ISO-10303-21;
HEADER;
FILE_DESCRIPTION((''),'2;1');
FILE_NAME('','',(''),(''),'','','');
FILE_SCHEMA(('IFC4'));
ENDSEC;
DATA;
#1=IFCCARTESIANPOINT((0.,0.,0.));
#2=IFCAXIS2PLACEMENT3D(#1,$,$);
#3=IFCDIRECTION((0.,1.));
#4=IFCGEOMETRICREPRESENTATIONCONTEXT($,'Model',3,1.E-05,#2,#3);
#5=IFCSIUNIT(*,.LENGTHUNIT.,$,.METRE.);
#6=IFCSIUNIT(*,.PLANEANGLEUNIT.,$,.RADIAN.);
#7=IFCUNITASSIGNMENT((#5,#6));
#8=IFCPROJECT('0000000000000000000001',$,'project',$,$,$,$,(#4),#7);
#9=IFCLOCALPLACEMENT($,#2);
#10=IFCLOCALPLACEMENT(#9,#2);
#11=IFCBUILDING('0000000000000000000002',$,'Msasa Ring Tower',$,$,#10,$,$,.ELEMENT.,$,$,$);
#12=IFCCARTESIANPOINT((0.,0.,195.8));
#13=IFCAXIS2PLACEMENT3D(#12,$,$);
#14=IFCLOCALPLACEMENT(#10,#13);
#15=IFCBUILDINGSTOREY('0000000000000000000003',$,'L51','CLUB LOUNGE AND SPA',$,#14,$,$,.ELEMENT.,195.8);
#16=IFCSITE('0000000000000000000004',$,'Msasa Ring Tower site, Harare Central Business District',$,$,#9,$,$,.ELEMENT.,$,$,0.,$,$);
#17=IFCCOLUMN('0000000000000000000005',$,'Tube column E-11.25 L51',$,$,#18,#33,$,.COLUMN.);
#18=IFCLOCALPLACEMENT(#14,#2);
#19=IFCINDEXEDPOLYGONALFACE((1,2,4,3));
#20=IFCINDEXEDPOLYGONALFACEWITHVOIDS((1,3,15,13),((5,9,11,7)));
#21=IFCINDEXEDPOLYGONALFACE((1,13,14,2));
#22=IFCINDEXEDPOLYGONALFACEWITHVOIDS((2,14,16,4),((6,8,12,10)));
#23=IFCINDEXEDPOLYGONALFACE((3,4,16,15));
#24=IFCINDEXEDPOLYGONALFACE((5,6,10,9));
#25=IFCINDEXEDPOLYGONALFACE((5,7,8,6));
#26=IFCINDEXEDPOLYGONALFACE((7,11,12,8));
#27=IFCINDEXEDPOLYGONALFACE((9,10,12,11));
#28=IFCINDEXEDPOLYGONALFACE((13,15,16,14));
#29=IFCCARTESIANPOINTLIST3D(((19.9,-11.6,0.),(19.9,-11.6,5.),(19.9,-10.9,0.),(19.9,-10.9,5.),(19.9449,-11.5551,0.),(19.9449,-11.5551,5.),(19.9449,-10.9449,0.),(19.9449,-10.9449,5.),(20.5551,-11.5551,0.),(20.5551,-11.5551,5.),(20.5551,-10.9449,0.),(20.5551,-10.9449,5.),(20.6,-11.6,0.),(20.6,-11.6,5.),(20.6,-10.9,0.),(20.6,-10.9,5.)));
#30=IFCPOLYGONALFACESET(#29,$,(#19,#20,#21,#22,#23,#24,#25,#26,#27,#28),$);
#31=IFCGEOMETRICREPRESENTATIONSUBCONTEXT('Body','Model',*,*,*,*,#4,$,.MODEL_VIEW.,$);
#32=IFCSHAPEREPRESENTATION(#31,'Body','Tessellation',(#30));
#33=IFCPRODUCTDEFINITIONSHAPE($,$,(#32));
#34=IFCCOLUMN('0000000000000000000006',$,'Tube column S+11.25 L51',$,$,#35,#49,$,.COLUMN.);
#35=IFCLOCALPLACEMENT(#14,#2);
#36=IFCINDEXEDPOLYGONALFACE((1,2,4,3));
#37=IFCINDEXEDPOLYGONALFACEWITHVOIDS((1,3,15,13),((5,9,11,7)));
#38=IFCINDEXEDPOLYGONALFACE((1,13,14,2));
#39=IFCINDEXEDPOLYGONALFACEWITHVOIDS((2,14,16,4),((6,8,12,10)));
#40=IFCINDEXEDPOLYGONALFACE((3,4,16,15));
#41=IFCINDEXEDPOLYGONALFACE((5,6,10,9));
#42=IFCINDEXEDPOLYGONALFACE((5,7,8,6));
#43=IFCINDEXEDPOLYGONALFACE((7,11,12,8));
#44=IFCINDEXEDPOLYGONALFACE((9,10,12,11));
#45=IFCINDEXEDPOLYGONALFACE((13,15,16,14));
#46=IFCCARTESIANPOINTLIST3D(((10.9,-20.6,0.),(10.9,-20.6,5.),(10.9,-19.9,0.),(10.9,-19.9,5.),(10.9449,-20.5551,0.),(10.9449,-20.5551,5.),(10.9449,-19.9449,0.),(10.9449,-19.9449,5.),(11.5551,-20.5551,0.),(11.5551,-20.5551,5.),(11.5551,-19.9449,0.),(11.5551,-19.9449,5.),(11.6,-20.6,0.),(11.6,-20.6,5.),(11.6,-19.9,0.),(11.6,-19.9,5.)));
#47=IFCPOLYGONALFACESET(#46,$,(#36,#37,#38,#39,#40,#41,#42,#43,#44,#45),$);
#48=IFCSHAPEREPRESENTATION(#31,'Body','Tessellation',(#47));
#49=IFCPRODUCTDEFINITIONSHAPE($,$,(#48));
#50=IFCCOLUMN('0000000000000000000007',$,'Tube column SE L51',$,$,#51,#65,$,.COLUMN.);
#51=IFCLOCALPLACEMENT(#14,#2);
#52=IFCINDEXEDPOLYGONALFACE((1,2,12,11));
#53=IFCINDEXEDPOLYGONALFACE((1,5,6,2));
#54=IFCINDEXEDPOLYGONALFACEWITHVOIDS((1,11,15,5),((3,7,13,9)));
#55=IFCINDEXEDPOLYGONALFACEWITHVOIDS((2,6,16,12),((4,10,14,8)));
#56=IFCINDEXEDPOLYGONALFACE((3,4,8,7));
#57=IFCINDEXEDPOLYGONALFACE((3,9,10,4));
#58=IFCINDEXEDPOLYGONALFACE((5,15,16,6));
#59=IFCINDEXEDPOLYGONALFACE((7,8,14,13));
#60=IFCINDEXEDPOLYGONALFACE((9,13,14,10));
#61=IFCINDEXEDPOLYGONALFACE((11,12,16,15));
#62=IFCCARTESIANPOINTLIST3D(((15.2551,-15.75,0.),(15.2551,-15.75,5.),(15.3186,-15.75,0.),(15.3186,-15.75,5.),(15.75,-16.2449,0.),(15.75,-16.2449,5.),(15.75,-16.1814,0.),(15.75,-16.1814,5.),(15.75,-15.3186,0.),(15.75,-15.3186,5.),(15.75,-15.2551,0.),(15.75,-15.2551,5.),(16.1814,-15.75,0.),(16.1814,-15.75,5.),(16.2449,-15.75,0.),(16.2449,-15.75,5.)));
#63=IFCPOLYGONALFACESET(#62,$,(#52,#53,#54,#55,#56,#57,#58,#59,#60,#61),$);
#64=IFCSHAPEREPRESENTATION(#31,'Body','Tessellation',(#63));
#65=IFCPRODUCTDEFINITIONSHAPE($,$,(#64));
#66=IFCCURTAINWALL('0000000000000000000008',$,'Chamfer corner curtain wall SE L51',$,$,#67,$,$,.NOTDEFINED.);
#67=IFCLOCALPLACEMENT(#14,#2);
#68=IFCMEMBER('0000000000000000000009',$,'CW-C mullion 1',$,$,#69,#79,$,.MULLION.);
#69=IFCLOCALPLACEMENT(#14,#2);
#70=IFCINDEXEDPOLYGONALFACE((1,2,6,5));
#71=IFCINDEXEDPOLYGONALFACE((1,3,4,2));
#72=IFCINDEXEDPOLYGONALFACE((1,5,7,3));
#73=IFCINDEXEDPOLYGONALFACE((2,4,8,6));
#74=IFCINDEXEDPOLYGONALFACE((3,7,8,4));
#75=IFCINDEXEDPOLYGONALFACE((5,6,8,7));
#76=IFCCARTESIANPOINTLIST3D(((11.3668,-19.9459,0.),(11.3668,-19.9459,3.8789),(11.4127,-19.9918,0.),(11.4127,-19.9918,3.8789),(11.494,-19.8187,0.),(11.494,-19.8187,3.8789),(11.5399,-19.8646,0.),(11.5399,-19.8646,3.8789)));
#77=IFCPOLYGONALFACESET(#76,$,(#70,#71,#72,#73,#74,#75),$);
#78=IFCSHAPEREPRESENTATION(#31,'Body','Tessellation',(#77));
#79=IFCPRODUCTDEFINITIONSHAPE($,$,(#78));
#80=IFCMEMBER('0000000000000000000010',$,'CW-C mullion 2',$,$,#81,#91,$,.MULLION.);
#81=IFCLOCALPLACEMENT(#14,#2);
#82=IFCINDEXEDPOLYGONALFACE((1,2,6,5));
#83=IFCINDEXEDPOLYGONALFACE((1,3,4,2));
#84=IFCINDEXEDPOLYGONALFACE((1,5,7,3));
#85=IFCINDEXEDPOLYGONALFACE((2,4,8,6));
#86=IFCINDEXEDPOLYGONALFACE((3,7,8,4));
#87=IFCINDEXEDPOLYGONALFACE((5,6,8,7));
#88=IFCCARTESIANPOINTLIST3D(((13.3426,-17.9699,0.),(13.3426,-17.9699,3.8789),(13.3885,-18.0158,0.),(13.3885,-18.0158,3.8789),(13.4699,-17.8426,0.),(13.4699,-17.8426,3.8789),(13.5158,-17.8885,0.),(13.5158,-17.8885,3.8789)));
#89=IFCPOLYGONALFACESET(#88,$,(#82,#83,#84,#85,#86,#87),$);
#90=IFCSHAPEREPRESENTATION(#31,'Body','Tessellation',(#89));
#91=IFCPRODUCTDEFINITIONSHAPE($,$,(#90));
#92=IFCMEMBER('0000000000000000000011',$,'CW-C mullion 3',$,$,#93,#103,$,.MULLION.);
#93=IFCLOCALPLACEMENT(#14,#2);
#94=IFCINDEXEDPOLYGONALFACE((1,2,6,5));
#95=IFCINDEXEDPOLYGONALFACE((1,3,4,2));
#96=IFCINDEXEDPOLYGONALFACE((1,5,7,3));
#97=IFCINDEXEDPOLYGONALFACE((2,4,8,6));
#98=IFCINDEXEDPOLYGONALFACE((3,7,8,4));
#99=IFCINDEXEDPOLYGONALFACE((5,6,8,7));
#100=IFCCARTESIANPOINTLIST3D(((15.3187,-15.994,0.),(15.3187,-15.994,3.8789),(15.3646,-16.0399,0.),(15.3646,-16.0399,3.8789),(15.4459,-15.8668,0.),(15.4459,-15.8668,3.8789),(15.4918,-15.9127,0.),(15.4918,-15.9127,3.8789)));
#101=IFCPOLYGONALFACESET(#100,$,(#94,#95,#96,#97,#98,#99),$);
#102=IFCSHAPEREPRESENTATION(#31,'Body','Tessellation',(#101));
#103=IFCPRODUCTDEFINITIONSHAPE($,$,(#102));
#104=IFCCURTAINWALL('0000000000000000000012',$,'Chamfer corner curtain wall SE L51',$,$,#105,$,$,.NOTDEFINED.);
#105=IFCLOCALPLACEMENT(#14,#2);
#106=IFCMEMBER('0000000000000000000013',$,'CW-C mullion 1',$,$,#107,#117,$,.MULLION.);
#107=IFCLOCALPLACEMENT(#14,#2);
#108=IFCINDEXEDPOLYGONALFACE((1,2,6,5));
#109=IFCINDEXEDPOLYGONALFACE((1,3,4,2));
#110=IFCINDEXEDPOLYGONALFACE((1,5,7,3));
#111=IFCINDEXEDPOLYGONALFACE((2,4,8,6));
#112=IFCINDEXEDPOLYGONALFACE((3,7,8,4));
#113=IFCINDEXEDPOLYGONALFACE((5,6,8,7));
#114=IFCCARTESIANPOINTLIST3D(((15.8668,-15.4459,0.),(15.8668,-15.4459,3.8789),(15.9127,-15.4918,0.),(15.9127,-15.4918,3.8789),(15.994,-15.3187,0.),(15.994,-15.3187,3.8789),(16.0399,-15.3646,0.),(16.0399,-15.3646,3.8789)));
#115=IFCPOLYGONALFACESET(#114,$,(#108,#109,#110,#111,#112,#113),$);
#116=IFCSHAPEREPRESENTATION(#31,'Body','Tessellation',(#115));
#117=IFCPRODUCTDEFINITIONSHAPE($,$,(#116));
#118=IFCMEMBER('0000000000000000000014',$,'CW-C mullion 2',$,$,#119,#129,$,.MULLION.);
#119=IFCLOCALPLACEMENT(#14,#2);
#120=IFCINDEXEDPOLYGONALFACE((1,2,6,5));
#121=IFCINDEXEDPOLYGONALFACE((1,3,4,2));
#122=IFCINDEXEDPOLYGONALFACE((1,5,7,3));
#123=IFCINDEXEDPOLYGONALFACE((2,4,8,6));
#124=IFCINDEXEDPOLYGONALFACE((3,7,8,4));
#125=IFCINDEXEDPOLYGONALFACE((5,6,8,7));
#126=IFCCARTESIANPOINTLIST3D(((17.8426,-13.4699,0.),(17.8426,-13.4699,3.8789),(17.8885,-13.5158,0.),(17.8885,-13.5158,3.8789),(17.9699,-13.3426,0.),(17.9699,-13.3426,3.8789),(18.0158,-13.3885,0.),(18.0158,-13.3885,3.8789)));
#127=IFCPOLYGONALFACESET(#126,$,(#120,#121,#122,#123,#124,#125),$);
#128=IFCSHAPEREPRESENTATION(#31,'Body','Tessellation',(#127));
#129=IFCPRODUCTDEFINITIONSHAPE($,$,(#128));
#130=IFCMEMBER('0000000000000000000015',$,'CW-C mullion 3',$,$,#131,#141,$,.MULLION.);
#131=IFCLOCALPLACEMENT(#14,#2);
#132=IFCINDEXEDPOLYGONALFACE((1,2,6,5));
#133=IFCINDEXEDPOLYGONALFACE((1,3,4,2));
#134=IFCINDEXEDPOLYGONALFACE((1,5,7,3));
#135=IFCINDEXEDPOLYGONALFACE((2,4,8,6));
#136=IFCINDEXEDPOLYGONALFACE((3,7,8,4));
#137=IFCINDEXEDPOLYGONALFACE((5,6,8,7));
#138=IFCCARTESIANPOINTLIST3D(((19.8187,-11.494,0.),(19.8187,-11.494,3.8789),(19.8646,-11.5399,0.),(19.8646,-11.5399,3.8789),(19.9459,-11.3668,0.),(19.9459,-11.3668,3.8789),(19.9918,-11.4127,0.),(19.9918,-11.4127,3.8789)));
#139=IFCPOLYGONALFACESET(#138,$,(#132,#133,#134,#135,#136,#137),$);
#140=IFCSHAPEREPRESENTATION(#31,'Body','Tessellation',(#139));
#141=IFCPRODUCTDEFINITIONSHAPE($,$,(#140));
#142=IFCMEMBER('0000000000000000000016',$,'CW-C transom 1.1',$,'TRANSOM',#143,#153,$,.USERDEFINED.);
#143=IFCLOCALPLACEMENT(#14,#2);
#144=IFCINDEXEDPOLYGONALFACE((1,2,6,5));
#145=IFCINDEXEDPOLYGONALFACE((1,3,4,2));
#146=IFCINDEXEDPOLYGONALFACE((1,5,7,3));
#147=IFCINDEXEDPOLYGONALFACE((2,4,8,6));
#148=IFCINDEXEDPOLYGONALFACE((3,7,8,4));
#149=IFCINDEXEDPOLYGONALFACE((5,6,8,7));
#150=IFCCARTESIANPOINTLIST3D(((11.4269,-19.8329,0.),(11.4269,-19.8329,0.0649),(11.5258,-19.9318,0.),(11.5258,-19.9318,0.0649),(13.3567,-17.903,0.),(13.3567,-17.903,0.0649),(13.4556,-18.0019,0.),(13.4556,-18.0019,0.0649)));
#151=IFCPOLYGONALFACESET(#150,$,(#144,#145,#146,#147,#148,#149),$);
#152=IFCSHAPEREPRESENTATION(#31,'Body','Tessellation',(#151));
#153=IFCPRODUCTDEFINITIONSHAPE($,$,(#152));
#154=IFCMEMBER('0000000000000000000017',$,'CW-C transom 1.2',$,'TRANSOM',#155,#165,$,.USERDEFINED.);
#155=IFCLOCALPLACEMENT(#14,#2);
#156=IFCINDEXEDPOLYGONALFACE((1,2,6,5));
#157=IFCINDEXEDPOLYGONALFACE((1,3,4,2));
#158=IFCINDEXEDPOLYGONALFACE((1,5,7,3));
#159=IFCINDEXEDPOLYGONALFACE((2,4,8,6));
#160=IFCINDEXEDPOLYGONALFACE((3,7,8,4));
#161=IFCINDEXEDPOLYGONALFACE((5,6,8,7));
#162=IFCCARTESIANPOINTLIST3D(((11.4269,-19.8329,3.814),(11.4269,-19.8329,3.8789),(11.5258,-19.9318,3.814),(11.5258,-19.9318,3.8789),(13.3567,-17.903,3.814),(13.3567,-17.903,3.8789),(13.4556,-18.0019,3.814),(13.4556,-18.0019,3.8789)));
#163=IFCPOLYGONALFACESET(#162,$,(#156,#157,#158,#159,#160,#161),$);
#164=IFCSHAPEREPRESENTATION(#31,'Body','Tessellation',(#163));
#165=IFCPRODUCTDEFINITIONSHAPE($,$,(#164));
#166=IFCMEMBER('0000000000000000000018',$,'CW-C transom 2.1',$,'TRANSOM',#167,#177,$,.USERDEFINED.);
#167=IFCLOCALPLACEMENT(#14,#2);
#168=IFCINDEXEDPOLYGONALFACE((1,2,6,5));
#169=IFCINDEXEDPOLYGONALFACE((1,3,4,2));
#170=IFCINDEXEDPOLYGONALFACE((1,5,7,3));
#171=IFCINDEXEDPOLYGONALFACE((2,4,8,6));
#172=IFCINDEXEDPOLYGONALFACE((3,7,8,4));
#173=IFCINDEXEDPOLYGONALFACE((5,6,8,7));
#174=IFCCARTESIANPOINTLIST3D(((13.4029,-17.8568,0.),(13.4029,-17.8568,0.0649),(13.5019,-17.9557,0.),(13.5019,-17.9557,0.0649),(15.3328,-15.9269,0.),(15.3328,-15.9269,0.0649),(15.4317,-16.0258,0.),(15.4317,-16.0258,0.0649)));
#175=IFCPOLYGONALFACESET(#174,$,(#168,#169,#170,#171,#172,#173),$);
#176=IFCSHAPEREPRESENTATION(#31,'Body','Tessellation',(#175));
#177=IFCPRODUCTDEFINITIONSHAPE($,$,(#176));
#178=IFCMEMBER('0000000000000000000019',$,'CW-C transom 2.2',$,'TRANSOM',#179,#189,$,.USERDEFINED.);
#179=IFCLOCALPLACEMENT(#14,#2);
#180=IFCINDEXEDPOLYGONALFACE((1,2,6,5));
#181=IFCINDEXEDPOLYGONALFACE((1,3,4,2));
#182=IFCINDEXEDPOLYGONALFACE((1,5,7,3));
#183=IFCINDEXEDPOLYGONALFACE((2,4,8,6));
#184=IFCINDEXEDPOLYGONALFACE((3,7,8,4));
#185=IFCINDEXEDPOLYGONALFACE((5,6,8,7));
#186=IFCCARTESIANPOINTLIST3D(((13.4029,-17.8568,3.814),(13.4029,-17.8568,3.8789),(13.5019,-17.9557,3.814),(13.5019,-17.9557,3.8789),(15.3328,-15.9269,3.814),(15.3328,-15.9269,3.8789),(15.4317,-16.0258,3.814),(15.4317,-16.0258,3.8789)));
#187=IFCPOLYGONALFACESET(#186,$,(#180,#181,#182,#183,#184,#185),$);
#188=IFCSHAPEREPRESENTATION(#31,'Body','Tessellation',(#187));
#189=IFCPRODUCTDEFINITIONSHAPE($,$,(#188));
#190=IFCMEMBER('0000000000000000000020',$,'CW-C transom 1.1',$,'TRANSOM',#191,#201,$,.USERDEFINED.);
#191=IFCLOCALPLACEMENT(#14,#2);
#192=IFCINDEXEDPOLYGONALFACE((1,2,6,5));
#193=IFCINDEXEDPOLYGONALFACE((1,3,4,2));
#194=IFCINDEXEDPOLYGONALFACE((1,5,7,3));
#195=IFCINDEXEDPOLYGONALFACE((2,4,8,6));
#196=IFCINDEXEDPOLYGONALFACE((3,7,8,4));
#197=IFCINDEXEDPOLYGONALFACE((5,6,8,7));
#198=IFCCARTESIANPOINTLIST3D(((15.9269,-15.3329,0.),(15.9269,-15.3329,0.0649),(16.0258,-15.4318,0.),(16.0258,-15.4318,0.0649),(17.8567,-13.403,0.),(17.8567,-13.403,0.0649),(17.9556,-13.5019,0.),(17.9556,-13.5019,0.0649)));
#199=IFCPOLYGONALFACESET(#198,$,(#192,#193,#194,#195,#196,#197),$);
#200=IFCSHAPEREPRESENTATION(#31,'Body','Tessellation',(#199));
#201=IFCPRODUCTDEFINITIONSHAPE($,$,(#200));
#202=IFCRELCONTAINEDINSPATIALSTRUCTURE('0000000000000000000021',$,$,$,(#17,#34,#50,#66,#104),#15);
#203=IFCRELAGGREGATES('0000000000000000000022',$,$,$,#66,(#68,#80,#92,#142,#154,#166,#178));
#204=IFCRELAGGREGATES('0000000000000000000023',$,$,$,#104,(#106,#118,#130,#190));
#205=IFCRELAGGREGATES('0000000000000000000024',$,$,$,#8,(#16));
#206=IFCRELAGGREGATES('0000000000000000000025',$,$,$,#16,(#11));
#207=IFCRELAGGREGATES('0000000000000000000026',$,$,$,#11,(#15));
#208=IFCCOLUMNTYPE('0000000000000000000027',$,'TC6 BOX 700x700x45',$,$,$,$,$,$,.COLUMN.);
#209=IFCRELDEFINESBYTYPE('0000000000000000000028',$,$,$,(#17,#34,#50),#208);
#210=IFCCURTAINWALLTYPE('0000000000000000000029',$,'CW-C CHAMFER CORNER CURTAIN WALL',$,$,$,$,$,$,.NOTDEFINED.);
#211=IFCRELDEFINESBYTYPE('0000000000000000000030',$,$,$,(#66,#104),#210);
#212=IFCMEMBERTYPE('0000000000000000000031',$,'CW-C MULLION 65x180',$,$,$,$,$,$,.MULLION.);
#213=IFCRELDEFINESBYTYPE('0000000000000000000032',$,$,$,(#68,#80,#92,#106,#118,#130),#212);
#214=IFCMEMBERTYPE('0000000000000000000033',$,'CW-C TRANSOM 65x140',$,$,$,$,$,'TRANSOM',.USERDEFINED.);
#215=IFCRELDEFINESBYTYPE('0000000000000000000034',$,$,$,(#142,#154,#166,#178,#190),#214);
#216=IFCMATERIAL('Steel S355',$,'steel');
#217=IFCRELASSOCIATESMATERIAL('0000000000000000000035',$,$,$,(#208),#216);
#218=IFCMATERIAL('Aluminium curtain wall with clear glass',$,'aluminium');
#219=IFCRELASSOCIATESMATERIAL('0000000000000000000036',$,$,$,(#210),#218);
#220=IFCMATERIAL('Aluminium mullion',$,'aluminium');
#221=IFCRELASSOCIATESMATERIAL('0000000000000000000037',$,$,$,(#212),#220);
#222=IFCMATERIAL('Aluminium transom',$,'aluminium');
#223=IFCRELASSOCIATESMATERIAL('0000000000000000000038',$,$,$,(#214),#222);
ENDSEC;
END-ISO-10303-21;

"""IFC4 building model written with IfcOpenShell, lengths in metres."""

from ifc_helpers import new_model, si_unit, direction, frame, origin, origin_2d, place, context, subcontext, project, spatial, rectangle, hollow_rectangle, extrude, material, material_profile, profile_set, type_object, element, aggregate, save


model = new_model("IFC4")

# Units and contexts
model_context = context("Model", 3, precision=1e-05, world=origin(), true_north=direction((0.0, 1.0)))
body_context = subcontext(model_context, "Body", "Model", "MODEL_VIEW")
ifc_project = project(units=[si_unit("LENGTHUNIT", "METRE"), si_unit("PLANEANGLEUNIT", "RADIAN")], contexts=[model_context])

# Site, building, storey
site_placement = place(None, origin())
site = spatial("IfcSite", under=ifc_project, at=site_placement, Name="Msasa Ring Tower site, Harare Central Business District", CompositionType="ELEMENT", RefElevation=0.0)
building_placement = place(site_placement, origin())
building = spatial("IfcBuilding", under=site, at=building_placement, Name="Msasa Ring Tower", CompositionType="ELEMENT")
storey_placement = place(building_placement, frame((0.0, 0.0, 195.8)))
storey = spatial("IfcBuildingStorey", under=building, at=storey_placement, Name="L51", Description="CLUB LOUNGE AND SPA", CompositionType="ELEMENT", Elevation=195.8)

# Columns
ifc_material_1 = material(Name="Steel S355", Category="steel")
ifc_material_profile_1 = material_profile(ifc_material_1, hollow_rectangle(XDim=0.7, YDim=0.7, WallThickness=0.0449, at=origin_2d()), Name="BOX 700x700x45")
ifc_profile_set_1 = profile_set([ifc_material_profile_1], Name="Steel S355")
column_type = type_object("IfcColumnType", Name="TC6 BOX 700x700x45", PredefinedType="COLUMN", material=ifc_profile_set_1)
for number, where, z_axis, x_axis, name in (
    (1, (20.25, -11.25, 0.0), (0.0, 0.0, 1.0), (1.0, 0.0, 0.0), "Tube column E-11.25 L51"),
    (2, (11.25, -20.25, 0.0), (0.0, 0.0, 1.0), (0.0, 1.0, 0.0), "Tube column S+11.25 L51"),
    (3, (15.75, -15.75, 0.0), (0.0, 0.0, 1.0), (0.707107, -0.707107, 0.0), "Tube column SE L51"),
):
    element("IfcColumn", number, at=place(storey_placement, frame(where, z_axis=z_axis, x_axis=x_axis)), inside=storey, type_object=column_type, Name=name, PredefinedType="COLUMN", context=body_context, shape_type="SweptSolid", body=[
        extrude(hollow_rectangle(XDim=0.7, YDim=0.7, WallThickness=0.0449, at=origin_2d()), origin(), (0.0, 0.0, 1.0), 5.0),
    ])

# Curtain walls, members
ifc_material_2 = material(Name="Aluminium curtain wall with clear glass", Category="aluminium")
curtain_wall_type_1 = type_object("IfcCurtainWallType", Name="CW-C CHAMFER CORNER CURTAIN WALL", PredefinedType="NOTDEFINED", material=ifc_material_2)
curtain_wall_1_placement = place(storey_placement, origin())
curtain_wall_1 = element("IfcCurtainWall", 4, at=curtain_wall_1_placement, inside=storey, type_object=curtain_wall_type_1, Name="Chamfer corner curtain wall SE L51", PredefinedType="NOTDEFINED")
ifc_material_3 = material(Name="Aluminium mullion", Category="aluminium")
ifc_material_profile_2 = material_profile(ifc_material_3, rectangle(XDim=0.0649, YDim=0.1799, at=origin_2d()), Name="AL 65x180")
ifc_profile_set_2 = profile_set([ifc_material_profile_2], Name="Aluminium mullion")
member_type_1 = type_object("IfcMemberType", Name="CW-C MULLION 65x180", PredefinedType="MULLION", material=ifc_profile_set_2)
member_1_placement = place(storey_placement, frame((11.4534, -19.9053, 0.0), z_axis=(0.0, 0.0, 1.0), x_axis=(-0.707107, 0.707107, 0.0)))
member_1 = element("IfcMember", 5, at=member_1_placement, type_object=member_type_1, Name="CW-C mullion 1", PredefinedType="MULLION", context=body_context, shape_type="SweptSolid", body=[
    extrude(rectangle(XDim=0.0649, YDim=0.1799, at=origin_2d()), origin(), (0.0, 0.0, 1.0), 3.8789),
])
member_2_placement = place(storey_placement, frame((13.4292, -17.9292, 0.0), z_axis=(0.0, 0.0, 1.0), x_axis=(-0.707107, 0.707107, 0.0)))
member_2 = element("IfcMember", 6, at=member_2_placement, type_object=member_type_1, Name="CW-C mullion 2", PredefinedType="MULLION", context=body_context, shape_type="SweptSolid", body=[
    extrude(rectangle(XDim=0.0649, YDim=0.1799, at=origin_2d()), origin(), (0.0, 0.0, 1.0), 3.8789),
])
member_3_placement = place(storey_placement, frame((15.4053, -15.9534, 0.0), z_axis=(0.0, 0.0, 1.0), x_axis=(-0.707107, 0.707107, 0.0)))
member_3 = element("IfcMember", 7, at=member_3_placement, type_object=member_type_1, Name="CW-C mullion 3", PredefinedType="MULLION", context=body_context, shape_type="SweptSolid", body=[
    extrude(rectangle(XDim=0.0649, YDim=0.1799, at=origin_2d()), origin(), (0.0, 0.0, 1.0), 3.8789),
])
curtain_wall_2_placement = place(storey_placement, origin())
curtain_wall_2 = element("IfcCurtainWall", 8, at=curtain_wall_2_placement, inside=storey, type_object=curtain_wall_type_1, Name="Chamfer corner curtain wall SE L51", PredefinedType="NOTDEFINED")
member_4_placement = place(storey_placement, frame((15.9534, -15.4053, 0.0), z_axis=(0.0, 0.0, 1.0), x_axis=(-0.707107, 0.707107, 0.0)))
member_4 = element("IfcMember", 9, at=member_4_placement, type_object=member_type_1, Name="CW-C mullion 1", PredefinedType="MULLION", context=body_context, shape_type="SweptSolid", body=[
    extrude(rectangle(XDim=0.0649, YDim=0.1799, at=origin_2d()), origin(), (0.0, 0.0, 1.0), 3.8789),
])
member_5_placement = place(storey_placement, frame((17.9292, -13.4292, 0.0), z_axis=(0.0, 0.0, 1.0), x_axis=(-0.707107, 0.707107, 0.0)))
member_5 = element("IfcMember", 10, at=member_5_placement, type_object=member_type_1, Name="CW-C mullion 2", PredefinedType="MULLION", context=body_context, shape_type="SweptSolid", body=[
    extrude(rectangle(XDim=0.0649, YDim=0.1799, at=origin_2d()), origin(), (0.0, 0.0, 1.0), 3.8789),
])
member_6_placement = place(storey_placement, frame((19.9053, -11.4534, 0.0), z_axis=(0.0, 0.0, 1.0), x_axis=(-0.707107, 0.707107, 0.0)))
member_6 = element("IfcMember", 11, at=member_6_placement, type_object=member_type_1, Name="CW-C mullion 3", PredefinedType="MULLION", context=body_context, shape_type="SweptSolid", body=[
    extrude(rectangle(XDim=0.0649, YDim=0.1799, at=origin_2d()), origin(), (0.0, 0.0, 1.0), 3.8789),
])

# Members
ifc_material_4 = material(Name="Aluminium transom", Category="aluminium")
ifc_material_profile_3 = material_profile(ifc_material_4, rectangle(XDim=0.1399, YDim=0.0649, at=origin_2d()), Name="AL 65x140")
ifc_profile_set_3 = profile_set([ifc_material_profile_3], Name="Aluminium transom")
member_type_2 = type_object("IfcMemberType", Name="CW-C TRANSOM 65x140", ElementType="TRANSOM", PredefinedType="USERDEFINED", material=ifc_profile_set_3)
member_7_placement = place(storey_placement, frame((11.4763, -19.8823, 0.0325), z_axis=(0.707107, 0.707107, 0.0), x_axis=(-0.707107, 0.707107, 0.0)))
member_7 = element("IfcMember", 12, at=member_7_placement, type_object=member_type_2, Name="CW-C transom 1.1", ObjectType="TRANSOM", PredefinedType="USERDEFINED", context=body_context, shape_type="SweptSolid", body=[
    extrude(rectangle(XDim=0.1399, YDim=0.0649, at=origin_2d()), origin(), (0.0, 0.0, 1.0), 2.7292),
])
member_8_placement = place(storey_placement, frame((11.4763, -19.8823, 3.8464), z_axis=(0.707107, 0.707107, 0.0), x_axis=(-0.707107, 0.707107, 0.0)))
member_8 = element("IfcMember", 13, at=member_8_placement, type_object=member_type_2, Name="CW-C transom 1.2", ObjectType="TRANSOM", PredefinedType="USERDEFINED", context=body_context, shape_type="SweptSolid", body=[
    extrude(rectangle(XDim=0.1399, YDim=0.0649, at=origin_2d()), origin(), (0.0, 0.0, 1.0), 2.7292),
])
member_9_placement = place(storey_placement, frame((13.4524, -17.9062, 0.0325), z_axis=(0.707107, 0.707107, 0.0), x_axis=(-0.707107, 0.707107, 0.0)))
member_9 = element("IfcMember", 14, at=member_9_placement, type_object=member_type_2, Name="CW-C transom 2.1", ObjectType="TRANSOM", PredefinedType="USERDEFINED", context=body_context, shape_type="SweptSolid", body=[
    extrude(rectangle(XDim=0.1399, YDim=0.0649, at=origin_2d()), origin(), (0.0, 0.0, 1.0), 2.7292),
])
member_10_placement = place(storey_placement, frame((13.4524, -17.9062, 3.8464), z_axis=(0.707107, 0.707107, 0.0), x_axis=(-0.707107, 0.707107, 0.0)))
member_10 = element("IfcMember", 15, at=member_10_placement, type_object=member_type_2, Name="CW-C transom 2.2", ObjectType="TRANSOM", PredefinedType="USERDEFINED", context=body_context, shape_type="SweptSolid", body=[
    extrude(rectangle(XDim=0.1399, YDim=0.0649, at=origin_2d()), origin(), (0.0, 0.0, 1.0), 2.7292),
])
member_11_placement = place(storey_placement, frame((15.9763, -15.3823, 0.0325), z_axis=(0.707107, 0.707107, 0.0), x_axis=(-0.707107, 0.707107, 0.0)))
member_11 = element("IfcMember", 16, at=member_11_placement, type_object=member_type_2, Name="CW-C transom 1.1", ObjectType="TRANSOM", PredefinedType="USERDEFINED", context=body_context, shape_type="SweptSolid", body=[
    extrude(rectangle(XDim=0.1399, YDim=0.0649, at=origin_2d()), origin(), (0.0, 0.0, 1.0), 2.7292),
])

aggregate(curtain_wall_1, [member_1, member_2, member_3, member_7, member_8, member_9, member_10])
aggregate(curtain_wall_2, [member_4, member_5, member_6, member_11])

save(model, "model.ifc")
